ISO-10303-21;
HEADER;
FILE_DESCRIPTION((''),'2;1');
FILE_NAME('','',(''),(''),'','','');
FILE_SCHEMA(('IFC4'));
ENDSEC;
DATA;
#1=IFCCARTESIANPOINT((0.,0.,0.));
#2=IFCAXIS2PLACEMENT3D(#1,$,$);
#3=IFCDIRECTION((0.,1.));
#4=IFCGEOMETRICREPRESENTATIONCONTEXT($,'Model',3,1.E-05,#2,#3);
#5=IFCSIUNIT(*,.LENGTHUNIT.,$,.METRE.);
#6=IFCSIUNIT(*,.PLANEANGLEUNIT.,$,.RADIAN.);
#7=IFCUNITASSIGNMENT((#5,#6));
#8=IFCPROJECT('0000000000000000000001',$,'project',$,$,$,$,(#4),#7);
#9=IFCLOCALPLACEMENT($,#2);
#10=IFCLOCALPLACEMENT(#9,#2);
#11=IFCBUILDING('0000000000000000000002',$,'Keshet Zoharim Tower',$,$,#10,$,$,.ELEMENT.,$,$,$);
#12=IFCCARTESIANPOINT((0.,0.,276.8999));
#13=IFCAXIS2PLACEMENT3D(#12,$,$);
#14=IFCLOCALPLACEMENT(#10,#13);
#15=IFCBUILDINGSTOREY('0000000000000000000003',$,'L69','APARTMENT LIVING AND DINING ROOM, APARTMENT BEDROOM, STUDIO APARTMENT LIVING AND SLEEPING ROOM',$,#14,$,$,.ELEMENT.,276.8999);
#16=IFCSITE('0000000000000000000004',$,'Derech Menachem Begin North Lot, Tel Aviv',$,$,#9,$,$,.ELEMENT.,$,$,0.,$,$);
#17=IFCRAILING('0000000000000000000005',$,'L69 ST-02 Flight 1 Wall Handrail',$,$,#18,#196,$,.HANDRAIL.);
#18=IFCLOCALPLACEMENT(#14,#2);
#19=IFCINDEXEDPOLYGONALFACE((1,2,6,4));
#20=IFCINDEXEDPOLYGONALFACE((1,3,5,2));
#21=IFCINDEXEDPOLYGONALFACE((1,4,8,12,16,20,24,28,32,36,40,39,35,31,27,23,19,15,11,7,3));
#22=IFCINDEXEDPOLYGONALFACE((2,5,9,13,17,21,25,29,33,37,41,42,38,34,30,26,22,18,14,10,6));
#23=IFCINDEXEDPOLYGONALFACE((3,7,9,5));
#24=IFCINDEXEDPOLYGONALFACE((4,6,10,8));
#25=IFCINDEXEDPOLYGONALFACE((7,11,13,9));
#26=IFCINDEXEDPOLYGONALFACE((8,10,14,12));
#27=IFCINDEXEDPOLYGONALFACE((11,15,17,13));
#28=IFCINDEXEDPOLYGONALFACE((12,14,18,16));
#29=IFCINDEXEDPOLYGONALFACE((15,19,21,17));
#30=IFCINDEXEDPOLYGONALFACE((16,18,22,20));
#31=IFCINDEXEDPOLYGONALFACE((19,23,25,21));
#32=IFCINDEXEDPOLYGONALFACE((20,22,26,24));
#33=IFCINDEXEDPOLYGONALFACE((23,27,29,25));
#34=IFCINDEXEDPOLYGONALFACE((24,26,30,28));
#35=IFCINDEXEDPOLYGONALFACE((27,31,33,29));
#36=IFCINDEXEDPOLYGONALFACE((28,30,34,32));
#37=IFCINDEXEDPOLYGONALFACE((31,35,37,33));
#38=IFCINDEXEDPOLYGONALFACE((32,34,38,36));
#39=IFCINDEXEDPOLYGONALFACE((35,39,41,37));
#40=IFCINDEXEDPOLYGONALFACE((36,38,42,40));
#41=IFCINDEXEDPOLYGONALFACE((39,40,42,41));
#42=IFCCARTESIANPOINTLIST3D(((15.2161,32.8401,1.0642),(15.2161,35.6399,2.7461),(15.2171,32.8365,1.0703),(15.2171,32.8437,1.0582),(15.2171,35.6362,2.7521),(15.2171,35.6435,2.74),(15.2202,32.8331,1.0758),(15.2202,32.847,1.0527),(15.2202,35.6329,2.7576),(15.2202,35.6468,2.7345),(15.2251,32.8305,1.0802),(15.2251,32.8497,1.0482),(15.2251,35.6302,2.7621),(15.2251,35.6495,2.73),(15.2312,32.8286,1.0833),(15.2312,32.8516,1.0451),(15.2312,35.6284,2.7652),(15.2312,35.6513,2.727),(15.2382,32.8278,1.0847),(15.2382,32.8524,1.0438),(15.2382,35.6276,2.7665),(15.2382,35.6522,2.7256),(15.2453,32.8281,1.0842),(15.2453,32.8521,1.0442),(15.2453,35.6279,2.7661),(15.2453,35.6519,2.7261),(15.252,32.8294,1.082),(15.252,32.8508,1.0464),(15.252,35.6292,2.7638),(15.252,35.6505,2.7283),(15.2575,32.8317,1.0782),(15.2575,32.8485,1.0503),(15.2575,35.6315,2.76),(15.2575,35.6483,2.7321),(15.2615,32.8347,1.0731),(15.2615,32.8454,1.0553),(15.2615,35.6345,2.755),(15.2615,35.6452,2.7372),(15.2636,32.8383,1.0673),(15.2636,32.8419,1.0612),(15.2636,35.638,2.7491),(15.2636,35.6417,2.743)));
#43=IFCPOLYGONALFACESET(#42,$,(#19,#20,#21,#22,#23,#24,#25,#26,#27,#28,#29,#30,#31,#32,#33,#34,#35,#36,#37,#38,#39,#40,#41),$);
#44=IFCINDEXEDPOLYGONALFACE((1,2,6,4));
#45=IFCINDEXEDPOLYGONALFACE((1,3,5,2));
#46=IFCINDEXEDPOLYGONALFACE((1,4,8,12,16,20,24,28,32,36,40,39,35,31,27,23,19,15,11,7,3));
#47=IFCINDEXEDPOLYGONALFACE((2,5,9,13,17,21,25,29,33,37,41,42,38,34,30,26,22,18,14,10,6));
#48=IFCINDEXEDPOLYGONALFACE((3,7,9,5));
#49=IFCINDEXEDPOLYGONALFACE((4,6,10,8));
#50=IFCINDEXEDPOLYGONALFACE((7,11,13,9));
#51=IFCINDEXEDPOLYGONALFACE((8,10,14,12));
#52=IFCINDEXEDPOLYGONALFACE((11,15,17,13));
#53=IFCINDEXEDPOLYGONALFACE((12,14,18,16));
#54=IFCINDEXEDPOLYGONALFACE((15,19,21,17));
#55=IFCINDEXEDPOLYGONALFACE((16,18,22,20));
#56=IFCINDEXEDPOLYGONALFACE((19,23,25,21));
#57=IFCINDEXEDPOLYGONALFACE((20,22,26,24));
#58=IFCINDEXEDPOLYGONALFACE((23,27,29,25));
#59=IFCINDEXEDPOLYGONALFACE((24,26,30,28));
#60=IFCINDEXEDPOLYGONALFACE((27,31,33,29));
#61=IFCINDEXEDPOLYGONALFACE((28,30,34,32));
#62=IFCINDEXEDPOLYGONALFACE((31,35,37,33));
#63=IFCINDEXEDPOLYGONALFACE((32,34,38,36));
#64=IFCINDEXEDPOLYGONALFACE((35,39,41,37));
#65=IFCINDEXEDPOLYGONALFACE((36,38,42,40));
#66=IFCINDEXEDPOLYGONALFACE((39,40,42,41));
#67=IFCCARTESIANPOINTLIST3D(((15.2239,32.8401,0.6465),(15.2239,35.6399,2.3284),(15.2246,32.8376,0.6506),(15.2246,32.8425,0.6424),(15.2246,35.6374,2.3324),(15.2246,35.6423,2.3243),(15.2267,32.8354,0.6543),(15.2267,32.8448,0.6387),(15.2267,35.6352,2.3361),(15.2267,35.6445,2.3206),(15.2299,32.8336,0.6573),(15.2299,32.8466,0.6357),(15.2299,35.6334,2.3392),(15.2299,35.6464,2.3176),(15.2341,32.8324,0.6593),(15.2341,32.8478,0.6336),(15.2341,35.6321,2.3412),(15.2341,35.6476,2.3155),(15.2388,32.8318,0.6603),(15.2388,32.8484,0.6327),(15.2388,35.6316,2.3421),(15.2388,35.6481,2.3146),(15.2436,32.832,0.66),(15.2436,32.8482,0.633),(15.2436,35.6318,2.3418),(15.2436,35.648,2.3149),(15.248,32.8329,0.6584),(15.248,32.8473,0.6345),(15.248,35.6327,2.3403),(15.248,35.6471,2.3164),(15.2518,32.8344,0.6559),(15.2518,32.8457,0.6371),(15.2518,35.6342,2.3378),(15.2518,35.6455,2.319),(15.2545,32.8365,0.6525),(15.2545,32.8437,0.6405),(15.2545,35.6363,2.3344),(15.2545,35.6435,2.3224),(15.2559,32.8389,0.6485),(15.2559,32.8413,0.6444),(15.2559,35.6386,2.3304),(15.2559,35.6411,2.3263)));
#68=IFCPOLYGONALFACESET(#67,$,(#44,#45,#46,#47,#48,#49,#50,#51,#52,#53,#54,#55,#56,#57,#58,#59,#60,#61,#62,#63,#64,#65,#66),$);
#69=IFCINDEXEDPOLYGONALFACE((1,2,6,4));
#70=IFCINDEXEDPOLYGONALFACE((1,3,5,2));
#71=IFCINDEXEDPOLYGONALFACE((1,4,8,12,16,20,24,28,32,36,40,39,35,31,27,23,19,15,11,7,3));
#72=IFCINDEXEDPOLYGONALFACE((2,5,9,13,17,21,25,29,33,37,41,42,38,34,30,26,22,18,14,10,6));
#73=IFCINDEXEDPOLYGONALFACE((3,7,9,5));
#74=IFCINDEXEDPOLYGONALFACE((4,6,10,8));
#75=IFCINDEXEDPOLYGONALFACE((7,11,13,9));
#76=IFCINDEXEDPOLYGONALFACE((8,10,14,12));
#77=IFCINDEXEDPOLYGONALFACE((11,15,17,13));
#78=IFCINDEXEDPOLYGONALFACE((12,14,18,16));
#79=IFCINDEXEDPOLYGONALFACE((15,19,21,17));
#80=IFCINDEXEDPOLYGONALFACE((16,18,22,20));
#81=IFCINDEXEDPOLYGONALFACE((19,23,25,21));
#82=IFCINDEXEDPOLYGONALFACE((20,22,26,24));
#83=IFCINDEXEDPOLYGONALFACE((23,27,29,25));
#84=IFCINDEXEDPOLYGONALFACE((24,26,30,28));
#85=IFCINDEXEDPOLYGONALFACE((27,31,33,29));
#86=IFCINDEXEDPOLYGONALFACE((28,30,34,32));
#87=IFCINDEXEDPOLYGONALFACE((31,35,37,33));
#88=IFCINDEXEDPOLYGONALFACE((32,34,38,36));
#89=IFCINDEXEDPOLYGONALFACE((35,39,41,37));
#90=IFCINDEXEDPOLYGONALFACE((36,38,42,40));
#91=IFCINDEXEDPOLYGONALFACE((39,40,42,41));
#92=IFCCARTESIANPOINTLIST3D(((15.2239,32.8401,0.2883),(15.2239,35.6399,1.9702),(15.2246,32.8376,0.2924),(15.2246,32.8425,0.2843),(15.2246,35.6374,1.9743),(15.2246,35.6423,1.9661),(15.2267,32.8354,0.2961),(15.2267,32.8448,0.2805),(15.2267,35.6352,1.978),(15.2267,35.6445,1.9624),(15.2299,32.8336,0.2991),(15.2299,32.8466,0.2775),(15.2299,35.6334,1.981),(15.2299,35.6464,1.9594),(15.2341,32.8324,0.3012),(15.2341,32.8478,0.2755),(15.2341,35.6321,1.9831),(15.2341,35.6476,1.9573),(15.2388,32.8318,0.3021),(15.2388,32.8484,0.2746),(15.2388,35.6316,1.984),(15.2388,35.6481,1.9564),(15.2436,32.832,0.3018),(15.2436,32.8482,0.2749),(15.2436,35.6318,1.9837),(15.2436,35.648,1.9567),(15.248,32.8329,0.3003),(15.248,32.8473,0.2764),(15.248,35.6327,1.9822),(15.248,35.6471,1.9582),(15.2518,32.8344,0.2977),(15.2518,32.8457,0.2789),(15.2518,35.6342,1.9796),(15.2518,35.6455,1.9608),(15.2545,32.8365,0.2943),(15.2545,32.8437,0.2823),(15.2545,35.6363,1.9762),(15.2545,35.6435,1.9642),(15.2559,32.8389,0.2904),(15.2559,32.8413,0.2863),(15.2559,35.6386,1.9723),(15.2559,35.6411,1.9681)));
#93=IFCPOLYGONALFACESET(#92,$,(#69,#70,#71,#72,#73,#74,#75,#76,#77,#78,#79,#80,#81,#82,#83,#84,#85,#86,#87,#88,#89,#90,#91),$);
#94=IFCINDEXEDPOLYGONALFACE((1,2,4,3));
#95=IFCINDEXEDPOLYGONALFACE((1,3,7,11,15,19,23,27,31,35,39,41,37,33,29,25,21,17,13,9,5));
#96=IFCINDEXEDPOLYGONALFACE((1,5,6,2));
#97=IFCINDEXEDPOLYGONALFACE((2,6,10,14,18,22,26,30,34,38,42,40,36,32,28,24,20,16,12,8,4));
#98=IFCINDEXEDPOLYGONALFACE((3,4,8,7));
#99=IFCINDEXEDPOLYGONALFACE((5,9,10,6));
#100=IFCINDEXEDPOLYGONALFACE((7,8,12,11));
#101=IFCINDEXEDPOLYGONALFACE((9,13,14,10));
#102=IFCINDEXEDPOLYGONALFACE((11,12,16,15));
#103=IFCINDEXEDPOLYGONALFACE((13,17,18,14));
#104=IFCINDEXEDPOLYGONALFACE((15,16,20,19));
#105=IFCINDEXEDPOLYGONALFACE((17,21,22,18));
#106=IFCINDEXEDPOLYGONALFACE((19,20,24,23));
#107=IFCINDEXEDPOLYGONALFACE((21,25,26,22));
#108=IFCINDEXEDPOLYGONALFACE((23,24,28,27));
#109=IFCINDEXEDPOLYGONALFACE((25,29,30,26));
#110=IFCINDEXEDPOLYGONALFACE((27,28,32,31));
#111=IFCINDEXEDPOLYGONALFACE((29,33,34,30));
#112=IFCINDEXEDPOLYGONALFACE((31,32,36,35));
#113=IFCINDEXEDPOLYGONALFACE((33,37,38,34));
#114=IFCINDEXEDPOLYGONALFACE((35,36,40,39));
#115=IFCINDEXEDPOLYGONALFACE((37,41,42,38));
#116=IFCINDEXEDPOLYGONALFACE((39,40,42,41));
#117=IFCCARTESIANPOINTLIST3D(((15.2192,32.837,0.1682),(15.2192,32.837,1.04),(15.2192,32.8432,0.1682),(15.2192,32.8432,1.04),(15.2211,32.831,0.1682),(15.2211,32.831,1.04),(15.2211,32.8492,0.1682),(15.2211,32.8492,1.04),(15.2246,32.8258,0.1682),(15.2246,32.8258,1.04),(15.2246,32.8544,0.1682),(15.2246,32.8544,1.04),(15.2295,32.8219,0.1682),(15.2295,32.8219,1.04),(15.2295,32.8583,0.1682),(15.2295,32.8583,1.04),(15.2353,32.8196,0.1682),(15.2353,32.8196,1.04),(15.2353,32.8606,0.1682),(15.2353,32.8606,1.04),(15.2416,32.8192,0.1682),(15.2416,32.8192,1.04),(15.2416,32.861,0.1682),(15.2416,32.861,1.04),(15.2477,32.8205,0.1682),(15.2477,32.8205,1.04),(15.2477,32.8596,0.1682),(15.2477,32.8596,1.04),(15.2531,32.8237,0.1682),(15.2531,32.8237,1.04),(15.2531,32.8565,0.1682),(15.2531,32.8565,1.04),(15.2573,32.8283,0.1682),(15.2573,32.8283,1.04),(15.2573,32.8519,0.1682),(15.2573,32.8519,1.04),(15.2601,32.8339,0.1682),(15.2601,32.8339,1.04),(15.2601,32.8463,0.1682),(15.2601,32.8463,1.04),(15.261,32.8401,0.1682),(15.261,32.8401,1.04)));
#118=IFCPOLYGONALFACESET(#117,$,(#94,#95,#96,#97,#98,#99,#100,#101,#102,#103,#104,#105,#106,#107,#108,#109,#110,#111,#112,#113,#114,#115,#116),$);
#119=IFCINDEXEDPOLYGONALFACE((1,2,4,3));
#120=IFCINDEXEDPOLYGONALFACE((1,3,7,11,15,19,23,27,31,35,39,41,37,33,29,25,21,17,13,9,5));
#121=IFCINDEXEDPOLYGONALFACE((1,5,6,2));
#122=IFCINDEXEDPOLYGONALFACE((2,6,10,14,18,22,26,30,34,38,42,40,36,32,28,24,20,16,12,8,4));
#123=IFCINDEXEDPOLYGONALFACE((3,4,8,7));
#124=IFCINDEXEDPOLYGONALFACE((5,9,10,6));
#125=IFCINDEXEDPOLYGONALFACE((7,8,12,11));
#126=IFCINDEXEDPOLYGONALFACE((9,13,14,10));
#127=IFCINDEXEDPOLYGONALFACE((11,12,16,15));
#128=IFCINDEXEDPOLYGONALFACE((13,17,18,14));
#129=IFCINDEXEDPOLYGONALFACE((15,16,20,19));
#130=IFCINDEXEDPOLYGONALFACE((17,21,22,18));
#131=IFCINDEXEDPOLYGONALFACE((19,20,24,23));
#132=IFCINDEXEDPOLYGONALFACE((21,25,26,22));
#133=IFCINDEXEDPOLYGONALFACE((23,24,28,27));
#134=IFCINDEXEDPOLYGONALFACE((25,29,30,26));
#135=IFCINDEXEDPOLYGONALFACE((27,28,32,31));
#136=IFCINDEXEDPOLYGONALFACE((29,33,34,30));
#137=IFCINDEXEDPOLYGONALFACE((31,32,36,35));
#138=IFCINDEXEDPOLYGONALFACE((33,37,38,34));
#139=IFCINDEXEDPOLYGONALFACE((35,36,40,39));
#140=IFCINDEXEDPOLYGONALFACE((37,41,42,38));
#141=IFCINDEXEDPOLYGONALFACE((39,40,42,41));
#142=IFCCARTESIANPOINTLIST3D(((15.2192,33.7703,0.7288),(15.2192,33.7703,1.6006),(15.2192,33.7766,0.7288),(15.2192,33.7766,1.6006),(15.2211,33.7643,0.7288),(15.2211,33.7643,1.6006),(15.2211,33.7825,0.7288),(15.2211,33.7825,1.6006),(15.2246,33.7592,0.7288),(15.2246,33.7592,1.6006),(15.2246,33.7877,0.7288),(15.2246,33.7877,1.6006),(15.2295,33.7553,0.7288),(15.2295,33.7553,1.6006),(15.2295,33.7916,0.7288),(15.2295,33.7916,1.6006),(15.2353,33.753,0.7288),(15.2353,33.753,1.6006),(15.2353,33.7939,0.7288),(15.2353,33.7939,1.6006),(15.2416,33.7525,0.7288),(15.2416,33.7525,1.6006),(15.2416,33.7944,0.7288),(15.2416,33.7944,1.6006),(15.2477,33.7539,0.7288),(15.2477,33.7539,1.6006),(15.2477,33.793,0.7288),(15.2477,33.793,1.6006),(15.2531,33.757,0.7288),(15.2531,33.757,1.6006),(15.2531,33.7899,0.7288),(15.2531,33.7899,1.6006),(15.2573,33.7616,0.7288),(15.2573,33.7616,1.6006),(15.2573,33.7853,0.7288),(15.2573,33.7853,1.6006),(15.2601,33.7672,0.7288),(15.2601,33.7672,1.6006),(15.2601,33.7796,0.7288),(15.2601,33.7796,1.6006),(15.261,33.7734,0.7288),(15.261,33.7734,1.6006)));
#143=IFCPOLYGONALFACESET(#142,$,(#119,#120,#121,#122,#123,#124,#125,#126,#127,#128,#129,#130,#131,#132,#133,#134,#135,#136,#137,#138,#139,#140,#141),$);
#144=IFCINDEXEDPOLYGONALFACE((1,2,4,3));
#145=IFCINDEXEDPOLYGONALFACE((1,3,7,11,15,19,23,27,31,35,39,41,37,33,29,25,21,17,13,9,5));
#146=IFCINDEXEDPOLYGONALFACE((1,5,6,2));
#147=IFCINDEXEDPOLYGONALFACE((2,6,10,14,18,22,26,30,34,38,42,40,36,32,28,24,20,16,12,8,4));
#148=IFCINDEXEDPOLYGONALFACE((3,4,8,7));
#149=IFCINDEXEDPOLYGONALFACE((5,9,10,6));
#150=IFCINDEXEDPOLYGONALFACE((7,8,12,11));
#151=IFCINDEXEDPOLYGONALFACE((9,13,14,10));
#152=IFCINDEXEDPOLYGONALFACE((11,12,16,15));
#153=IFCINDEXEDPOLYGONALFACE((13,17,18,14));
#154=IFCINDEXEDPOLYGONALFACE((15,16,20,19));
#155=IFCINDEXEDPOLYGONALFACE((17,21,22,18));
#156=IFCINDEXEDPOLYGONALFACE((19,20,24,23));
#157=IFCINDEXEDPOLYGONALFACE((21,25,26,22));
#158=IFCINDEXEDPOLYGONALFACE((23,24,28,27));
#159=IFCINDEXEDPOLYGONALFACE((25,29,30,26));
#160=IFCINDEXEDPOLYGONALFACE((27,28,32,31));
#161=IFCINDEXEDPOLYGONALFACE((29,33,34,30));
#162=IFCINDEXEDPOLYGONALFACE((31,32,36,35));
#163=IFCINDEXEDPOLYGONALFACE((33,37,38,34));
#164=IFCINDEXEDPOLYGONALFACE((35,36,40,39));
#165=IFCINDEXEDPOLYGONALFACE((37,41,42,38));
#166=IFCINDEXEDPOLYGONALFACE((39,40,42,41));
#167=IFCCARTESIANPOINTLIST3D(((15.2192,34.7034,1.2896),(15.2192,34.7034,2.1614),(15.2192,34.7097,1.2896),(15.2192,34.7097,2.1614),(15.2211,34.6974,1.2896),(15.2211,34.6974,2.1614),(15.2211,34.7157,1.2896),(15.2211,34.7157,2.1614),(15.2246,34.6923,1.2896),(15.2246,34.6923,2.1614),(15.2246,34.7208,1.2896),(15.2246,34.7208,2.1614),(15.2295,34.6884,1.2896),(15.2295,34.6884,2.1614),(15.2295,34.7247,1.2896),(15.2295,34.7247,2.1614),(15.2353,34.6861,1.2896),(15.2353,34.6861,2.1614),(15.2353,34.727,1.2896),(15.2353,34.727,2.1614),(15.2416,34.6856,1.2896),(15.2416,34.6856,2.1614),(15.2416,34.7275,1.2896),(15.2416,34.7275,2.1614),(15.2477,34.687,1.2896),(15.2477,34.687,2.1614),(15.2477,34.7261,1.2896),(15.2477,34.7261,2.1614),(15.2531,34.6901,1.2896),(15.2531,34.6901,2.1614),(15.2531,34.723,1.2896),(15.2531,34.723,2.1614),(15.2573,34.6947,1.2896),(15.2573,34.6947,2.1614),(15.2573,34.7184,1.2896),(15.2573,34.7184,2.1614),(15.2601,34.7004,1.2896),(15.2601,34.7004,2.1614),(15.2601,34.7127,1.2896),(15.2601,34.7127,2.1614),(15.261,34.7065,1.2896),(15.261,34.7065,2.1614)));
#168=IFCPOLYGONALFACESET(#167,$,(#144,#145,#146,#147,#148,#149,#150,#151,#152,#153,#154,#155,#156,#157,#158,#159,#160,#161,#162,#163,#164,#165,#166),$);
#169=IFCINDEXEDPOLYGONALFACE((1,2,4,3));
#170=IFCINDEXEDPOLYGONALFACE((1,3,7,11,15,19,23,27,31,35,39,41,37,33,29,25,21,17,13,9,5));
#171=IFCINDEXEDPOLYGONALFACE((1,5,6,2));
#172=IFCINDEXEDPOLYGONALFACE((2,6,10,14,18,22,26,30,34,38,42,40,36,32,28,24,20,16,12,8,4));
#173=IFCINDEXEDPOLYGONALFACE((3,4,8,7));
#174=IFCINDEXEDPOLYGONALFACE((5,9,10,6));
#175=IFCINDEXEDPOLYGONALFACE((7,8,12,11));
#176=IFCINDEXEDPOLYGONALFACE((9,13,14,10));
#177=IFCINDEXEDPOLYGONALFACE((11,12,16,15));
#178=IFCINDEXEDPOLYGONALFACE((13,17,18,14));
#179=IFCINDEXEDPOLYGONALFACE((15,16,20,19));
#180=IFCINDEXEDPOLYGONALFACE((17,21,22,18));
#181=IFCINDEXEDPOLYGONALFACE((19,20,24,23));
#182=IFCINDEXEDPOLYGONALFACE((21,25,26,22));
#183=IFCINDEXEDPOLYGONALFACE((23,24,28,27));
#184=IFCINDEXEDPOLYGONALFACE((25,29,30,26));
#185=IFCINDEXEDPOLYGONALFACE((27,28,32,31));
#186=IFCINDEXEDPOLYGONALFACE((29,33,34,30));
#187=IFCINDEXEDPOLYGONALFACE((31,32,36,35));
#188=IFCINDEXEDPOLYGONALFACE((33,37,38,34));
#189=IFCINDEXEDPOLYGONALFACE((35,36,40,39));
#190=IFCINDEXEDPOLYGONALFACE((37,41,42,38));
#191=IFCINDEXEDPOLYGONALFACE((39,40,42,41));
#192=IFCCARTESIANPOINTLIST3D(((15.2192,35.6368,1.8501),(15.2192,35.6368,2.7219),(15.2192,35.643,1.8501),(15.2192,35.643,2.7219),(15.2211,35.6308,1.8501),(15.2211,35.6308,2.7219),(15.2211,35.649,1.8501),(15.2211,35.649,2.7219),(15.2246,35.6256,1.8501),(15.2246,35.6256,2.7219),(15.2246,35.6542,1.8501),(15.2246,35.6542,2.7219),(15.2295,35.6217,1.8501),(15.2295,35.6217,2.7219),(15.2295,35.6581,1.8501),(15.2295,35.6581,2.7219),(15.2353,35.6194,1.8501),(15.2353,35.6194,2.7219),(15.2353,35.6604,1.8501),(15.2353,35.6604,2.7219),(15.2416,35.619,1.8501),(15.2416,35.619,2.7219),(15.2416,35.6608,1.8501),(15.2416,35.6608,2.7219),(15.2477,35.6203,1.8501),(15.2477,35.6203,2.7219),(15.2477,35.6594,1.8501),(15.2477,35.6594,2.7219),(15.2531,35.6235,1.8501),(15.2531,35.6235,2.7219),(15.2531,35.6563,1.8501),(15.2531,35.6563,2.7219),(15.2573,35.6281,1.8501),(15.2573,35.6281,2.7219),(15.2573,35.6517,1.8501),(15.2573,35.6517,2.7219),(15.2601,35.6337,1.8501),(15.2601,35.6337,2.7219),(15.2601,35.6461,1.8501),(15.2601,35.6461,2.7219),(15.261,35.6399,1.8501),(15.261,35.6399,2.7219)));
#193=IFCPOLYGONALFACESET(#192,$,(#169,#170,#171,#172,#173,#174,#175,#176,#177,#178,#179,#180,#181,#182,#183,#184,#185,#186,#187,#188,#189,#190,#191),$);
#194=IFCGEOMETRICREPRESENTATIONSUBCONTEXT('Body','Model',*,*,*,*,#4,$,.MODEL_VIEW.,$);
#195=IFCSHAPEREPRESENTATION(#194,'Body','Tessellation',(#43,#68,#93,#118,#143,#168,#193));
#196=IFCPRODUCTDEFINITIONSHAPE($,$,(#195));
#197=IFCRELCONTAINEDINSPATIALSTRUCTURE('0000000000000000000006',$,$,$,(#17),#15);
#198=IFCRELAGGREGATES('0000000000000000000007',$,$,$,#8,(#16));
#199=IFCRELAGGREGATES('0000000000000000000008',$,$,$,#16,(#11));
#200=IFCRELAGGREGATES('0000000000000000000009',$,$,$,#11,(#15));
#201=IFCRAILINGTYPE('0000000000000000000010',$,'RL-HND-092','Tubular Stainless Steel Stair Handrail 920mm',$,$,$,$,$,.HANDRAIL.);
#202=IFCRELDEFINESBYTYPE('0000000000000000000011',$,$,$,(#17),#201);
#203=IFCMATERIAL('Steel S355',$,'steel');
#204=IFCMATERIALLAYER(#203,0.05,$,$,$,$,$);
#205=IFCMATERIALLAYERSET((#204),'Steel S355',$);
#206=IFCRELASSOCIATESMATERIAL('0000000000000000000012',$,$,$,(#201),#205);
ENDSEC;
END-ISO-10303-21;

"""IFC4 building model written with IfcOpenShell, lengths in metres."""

from ifc_helpers import new_model, si_unit, direction, frame, origin, origin_2d, place, context, subcontext, project, spatial, circle, extrude, material, layer, layer_set, type_object, element, save


model = new_model("IFC4")

# Units and contexts
model_context = context("Model", 3, precision=1e-05, world=origin(), true_north=direction((0.0, 1.0)))
body_context = subcontext(model_context, "Body", "Model", "MODEL_VIEW")
ifc_project = project(units=[si_unit("LENGTHUNIT", "METRE"), si_unit("PLANEANGLEUNIT", "RADIAN")], contexts=[model_context])

# Site, building, storey
site_placement = place(None, origin())
site = spatial("IfcSite", under=ifc_project, at=site_placement, Name="Derech Menachem Begin North Lot, Tel Aviv", CompositionType="ELEMENT", RefElevation=0.0)
building_placement = place(site_placement, origin())
building = spatial("IfcBuilding", under=site, at=building_placement, Name="Keshet Zoharim Tower", CompositionType="ELEMENT")
storey_placement = place(building_placement, frame((0.0, 0.0, 276.8999)))
storey = spatial("IfcBuildingStorey", under=building, at=storey_placement, Name="L69", Description="APARTMENT LIVING AND DINING ROOM, APARTMENT BEDROOM, STUDIO APARTMENT LIVING AND SLEEPING ROOM", CompositionType="ELEMENT", Elevation=276.8999)

# Shared definitions
ifc_material_1 = material(Name="Steel S355", Category="steel")

# Railing
ifc_layer_1 = layer(ifc_material_1, 0.05)
ifc_layer_set_1 = layer_set([ifc_layer_1], Name="Steel S355")
railing_type_1 = type_object("IfcRailingType", Name="RL-HND-092", Description="Tubular Stainless Steel Stair Handrail 920mm", PredefinedType="HANDRAIL", material=ifc_layer_set_1)
railing_1_placement = place(storey_placement, frame((15.24, 32.8401, 0.1682)))
element("IfcRailing", 1, at=railing_1_placement, inside=storey, type_object=railing_type_1, Name="L69 ST-02 Flight 1 Wall Handrail", PredefinedType="HANDRAIL", context=body_context, shape_type="SweptSolid", body=[
    extrude(circle(Radius=0.0239, at=origin_2d()), frame((0.0, 0.0, 0.896), z_axis=(0.0, 0.857222, 0.514946), x_axis=(-1.0, 0.0, 0.0)), (0.0, 0.0, 1.0), 3.2661),
    extrude(circle(Radius=0.0161, at=origin_2d()), frame((0.0, 0.0, 0.4783), z_axis=(0.0, 0.857222, 0.514946), x_axis=(-1.0, 0.0, 0.0)), (0.0, 0.0, 1.0), 3.2661),
    extrude(circle(Radius=0.0161, at=origin_2d()), frame((0.0, 0.0, 0.1201), z_axis=(0.0, 0.857222, 0.514946), x_axis=(-1.0, 0.0, 0.0)), (0.0, 0.0, 1.0), 3.2661),
    extrude(circle(Radius=0.021, at=origin_2d()), origin(), (0.0, 0.0, 1.0), 0.8718),
    extrude(circle(Radius=0.021, at=origin_2d()), frame((0.0, 0.9333, 0.5605)), (0.0, 0.0, 1.0), 0.8718),
    extrude(circle(Radius=0.021, at=origin_2d()), frame((0.0, 1.8665, 1.1213)), (0.0, 0.0, 1.0), 0.8718),
    extrude(circle(Radius=0.021, at=origin_2d()), frame((0.0, 2.7998, 1.6819)), (0.0, 0.0, 1.0), 0.8718),
])

save(model, "model.ifc")
